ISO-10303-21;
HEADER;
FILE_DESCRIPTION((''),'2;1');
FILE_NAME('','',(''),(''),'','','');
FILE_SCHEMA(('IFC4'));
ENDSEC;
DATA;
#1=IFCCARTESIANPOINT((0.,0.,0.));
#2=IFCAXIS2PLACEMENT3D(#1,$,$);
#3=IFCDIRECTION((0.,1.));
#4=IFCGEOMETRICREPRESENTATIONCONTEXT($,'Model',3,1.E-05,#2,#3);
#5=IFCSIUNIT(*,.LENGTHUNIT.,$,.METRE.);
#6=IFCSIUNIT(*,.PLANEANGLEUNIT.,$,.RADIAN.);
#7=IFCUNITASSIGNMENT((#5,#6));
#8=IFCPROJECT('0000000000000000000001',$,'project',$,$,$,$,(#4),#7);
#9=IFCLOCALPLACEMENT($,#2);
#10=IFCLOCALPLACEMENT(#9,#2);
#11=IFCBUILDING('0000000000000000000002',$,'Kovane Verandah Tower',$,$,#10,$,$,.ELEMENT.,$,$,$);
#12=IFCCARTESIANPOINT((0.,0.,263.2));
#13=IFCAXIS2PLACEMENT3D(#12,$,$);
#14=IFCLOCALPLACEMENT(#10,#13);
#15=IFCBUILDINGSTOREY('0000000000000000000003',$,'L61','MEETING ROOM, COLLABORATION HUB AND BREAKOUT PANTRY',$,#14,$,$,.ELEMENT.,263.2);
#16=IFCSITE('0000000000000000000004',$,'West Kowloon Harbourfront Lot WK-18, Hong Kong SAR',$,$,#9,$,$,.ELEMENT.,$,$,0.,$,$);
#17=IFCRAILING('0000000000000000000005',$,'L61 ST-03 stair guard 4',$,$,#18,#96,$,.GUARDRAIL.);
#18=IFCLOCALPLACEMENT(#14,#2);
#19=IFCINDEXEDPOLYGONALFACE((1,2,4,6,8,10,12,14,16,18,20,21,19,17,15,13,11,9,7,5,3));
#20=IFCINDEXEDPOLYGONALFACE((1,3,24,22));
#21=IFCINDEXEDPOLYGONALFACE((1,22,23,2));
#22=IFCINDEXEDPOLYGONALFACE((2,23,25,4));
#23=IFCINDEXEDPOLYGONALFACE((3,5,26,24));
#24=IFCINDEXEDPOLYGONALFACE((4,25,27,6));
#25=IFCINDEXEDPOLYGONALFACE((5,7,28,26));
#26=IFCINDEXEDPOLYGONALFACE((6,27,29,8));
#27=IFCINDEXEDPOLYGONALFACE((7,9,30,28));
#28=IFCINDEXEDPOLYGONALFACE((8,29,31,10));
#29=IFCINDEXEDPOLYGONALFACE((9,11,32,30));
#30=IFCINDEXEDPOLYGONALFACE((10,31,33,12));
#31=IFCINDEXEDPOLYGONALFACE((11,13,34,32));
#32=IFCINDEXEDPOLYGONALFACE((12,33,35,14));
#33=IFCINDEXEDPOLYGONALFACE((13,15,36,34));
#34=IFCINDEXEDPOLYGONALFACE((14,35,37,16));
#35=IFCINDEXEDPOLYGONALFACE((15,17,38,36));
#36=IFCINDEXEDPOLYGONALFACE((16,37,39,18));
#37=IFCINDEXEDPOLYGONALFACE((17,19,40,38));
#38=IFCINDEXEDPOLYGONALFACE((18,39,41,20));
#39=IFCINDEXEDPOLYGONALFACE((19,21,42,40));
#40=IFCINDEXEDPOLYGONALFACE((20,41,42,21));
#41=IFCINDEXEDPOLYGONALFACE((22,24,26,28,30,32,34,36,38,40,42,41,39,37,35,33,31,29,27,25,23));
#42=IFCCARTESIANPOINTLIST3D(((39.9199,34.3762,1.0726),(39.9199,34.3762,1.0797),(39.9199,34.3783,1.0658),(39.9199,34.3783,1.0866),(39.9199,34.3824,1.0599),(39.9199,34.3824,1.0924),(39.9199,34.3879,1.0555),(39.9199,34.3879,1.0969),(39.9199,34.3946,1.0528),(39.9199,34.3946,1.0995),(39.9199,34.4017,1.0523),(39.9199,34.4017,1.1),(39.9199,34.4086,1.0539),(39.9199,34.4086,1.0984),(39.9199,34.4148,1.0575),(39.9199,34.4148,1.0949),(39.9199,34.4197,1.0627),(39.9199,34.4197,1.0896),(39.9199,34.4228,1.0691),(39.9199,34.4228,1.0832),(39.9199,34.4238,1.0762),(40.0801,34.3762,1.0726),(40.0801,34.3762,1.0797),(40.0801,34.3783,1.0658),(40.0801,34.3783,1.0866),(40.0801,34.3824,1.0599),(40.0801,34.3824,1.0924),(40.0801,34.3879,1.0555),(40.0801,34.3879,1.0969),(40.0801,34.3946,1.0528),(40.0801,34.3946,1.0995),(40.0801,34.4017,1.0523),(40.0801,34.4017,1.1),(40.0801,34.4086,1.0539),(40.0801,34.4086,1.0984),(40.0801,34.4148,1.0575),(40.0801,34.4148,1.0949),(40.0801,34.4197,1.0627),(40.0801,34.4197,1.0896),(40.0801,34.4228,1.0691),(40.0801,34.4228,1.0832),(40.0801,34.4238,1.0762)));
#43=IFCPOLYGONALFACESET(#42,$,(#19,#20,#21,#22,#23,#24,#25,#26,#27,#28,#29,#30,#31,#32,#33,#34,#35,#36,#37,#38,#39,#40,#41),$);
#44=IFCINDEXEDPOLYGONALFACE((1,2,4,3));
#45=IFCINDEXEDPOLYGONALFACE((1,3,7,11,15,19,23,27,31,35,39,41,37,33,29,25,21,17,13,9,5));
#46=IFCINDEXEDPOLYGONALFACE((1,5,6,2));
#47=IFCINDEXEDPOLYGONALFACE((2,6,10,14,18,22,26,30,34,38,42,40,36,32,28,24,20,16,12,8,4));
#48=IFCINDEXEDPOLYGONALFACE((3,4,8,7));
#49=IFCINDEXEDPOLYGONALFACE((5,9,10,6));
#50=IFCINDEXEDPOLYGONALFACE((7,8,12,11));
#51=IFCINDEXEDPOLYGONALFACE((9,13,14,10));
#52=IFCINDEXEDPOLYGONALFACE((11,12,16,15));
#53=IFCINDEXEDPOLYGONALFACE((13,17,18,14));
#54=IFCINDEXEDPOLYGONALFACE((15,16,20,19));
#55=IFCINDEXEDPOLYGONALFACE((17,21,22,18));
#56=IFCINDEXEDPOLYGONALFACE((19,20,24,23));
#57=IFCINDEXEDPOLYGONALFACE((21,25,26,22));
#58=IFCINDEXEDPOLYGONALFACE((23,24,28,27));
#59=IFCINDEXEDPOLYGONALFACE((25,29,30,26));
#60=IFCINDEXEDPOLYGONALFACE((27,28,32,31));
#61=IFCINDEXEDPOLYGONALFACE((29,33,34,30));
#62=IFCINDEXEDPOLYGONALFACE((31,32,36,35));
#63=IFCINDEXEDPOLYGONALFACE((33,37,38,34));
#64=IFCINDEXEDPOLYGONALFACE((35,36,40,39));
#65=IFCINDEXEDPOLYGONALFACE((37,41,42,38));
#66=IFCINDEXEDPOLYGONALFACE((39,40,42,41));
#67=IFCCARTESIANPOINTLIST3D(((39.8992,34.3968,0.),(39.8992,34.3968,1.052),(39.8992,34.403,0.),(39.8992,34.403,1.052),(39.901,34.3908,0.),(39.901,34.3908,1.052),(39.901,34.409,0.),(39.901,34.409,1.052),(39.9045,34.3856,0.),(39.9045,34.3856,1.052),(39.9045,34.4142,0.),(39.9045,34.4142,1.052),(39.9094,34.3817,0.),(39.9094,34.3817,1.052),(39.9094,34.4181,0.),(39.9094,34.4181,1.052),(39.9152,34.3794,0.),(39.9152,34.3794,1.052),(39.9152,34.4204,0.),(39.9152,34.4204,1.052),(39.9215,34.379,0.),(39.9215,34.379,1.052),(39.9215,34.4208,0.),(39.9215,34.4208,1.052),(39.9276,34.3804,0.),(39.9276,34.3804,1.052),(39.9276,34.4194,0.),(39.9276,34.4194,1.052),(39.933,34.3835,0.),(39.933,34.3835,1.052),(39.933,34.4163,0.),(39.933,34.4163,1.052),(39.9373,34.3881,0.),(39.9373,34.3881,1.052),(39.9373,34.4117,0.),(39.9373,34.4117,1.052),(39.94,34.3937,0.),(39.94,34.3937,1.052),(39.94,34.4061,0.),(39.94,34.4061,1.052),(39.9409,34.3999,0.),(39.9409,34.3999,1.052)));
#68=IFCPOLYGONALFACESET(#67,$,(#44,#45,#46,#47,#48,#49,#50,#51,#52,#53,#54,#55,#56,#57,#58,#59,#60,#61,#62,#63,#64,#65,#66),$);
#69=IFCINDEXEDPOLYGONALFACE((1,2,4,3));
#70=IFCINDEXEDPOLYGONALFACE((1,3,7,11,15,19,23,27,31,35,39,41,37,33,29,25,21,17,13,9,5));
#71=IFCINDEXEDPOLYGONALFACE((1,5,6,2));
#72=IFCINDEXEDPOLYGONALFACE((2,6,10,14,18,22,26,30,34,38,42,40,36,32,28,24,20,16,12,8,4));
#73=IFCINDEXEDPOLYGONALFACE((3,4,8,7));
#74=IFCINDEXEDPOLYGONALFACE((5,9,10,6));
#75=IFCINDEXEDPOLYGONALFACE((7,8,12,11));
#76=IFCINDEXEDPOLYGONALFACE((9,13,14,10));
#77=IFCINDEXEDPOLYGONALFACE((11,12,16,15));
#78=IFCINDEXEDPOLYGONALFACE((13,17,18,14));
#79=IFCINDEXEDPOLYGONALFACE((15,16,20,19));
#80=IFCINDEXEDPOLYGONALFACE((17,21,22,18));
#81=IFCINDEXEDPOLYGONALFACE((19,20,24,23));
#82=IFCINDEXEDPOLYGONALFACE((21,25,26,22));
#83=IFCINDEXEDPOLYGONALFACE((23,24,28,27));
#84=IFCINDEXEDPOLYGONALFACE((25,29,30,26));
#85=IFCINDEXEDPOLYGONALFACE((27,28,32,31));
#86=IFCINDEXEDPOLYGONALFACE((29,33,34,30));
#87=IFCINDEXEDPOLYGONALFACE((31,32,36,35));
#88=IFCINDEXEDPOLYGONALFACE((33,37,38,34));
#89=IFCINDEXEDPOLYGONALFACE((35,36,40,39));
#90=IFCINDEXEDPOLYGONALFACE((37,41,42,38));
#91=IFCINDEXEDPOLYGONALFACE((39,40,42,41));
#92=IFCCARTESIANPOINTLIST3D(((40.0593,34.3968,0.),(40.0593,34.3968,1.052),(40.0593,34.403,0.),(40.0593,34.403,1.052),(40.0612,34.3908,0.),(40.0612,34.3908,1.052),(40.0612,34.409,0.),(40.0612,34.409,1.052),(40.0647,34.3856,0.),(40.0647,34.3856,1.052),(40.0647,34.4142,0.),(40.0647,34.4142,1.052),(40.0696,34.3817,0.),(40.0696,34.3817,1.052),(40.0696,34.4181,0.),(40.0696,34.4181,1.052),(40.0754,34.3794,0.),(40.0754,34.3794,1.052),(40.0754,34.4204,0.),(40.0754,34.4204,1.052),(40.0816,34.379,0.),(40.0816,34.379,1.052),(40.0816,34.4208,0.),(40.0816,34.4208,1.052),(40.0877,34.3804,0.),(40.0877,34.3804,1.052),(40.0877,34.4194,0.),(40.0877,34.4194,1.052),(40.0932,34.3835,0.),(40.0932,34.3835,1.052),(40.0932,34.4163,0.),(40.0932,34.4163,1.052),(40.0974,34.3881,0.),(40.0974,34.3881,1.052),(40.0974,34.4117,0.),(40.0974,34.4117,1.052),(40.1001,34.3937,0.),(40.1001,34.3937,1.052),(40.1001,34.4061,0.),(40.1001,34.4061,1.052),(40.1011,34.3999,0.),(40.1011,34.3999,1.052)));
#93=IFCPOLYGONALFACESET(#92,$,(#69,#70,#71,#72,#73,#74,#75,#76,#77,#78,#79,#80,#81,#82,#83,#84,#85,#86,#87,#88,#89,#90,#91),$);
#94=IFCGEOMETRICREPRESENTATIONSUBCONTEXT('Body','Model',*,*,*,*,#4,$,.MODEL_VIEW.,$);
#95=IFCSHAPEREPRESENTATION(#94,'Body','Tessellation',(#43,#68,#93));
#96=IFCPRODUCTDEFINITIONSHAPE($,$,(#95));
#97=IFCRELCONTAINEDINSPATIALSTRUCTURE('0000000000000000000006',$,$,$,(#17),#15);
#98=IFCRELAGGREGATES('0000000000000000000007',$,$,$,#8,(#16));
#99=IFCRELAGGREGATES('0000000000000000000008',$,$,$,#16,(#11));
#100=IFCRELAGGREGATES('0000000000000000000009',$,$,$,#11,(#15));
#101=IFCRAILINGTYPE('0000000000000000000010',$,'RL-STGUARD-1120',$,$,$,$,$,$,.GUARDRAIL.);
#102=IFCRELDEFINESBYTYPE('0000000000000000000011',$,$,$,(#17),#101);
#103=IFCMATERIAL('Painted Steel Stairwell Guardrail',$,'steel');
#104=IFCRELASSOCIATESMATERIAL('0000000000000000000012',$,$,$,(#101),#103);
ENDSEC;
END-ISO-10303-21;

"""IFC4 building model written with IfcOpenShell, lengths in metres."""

from ifc_helpers import new_model, si_unit, direction, frame, origin, origin_2d, place, context, subcontext, project, spatial, circle, extrude, material, type_object, element, save


model = new_model("IFC4")

# Units and contexts
model_context = context("Model", 3, precision=1e-05, world=origin(), true_north=direction((0.0, 1.0)))
body_context = subcontext(model_context, "Body", "Model", "MODEL_VIEW")
ifc_project = project(units=[si_unit("LENGTHUNIT", "METRE"), si_unit("PLANEANGLEUNIT", "RADIAN")], contexts=[model_context])

# Site, building, storey
site_placement = place(None, origin())
site = spatial("IfcSite", under=ifc_project, at=site_placement, Name="West Kowloon Harbourfront Lot WK-18, Hong Kong SAR", CompositionType="ELEMENT", RefElevation=0.0)
building_placement = place(site_placement, origin())
building = spatial("IfcBuilding", under=site, at=building_placement, Name="Kovane Verandah Tower", CompositionType="ELEMENT")
storey_placement = place(building_placement, frame((0.0, 0.0, 263.2)))
storey = spatial("IfcBuildingStorey", under=building, at=storey_placement, Name="L61", Description="MEETING ROOM, COLLABORATION HUB AND BREAKOUT PANTRY", CompositionType="ELEMENT", Elevation=263.2)

# Railing
ifc_material_1 = material(Name="Painted Steel Stairwell Guardrail", Category="steel")
railing_type_1 = type_object("IfcRailingType", Name="RL-STGUARD-1120", PredefinedType="GUARDRAIL", material=ifc_material_1)
railing_1_placement = place(storey_placement, frame((39.9199, 34.3999, 0.0)))
element("IfcRailing", 1, at=railing_1_placement, inside=storey, type_object=railing_type_1, Name="L61 ST-03 stair guard 4", PredefinedType="GUARDRAIL", context=body_context, shape_type="SweptSolid", body=[
    extrude(circle(Radius=0.0239, at=origin_2d()), frame((0.0, 0.0, 1.0762), z_axis=(1.0, 0.0, 0.0), x_axis=(0.0, 1.0, 0.0)), (0.0, 0.0, 1.0), 0.1602),
    extrude(circle(Radius=0.021, at=origin_2d()), origin(), (0.0, 0.0, 1.0), 1.052),
    extrude(circle(Radius=0.021, at=origin_2d()), frame((0.1602, 0.0, 0.0)), (0.0, 0.0, 1.0), 1.052),
])

save(model, "model.ifc")
